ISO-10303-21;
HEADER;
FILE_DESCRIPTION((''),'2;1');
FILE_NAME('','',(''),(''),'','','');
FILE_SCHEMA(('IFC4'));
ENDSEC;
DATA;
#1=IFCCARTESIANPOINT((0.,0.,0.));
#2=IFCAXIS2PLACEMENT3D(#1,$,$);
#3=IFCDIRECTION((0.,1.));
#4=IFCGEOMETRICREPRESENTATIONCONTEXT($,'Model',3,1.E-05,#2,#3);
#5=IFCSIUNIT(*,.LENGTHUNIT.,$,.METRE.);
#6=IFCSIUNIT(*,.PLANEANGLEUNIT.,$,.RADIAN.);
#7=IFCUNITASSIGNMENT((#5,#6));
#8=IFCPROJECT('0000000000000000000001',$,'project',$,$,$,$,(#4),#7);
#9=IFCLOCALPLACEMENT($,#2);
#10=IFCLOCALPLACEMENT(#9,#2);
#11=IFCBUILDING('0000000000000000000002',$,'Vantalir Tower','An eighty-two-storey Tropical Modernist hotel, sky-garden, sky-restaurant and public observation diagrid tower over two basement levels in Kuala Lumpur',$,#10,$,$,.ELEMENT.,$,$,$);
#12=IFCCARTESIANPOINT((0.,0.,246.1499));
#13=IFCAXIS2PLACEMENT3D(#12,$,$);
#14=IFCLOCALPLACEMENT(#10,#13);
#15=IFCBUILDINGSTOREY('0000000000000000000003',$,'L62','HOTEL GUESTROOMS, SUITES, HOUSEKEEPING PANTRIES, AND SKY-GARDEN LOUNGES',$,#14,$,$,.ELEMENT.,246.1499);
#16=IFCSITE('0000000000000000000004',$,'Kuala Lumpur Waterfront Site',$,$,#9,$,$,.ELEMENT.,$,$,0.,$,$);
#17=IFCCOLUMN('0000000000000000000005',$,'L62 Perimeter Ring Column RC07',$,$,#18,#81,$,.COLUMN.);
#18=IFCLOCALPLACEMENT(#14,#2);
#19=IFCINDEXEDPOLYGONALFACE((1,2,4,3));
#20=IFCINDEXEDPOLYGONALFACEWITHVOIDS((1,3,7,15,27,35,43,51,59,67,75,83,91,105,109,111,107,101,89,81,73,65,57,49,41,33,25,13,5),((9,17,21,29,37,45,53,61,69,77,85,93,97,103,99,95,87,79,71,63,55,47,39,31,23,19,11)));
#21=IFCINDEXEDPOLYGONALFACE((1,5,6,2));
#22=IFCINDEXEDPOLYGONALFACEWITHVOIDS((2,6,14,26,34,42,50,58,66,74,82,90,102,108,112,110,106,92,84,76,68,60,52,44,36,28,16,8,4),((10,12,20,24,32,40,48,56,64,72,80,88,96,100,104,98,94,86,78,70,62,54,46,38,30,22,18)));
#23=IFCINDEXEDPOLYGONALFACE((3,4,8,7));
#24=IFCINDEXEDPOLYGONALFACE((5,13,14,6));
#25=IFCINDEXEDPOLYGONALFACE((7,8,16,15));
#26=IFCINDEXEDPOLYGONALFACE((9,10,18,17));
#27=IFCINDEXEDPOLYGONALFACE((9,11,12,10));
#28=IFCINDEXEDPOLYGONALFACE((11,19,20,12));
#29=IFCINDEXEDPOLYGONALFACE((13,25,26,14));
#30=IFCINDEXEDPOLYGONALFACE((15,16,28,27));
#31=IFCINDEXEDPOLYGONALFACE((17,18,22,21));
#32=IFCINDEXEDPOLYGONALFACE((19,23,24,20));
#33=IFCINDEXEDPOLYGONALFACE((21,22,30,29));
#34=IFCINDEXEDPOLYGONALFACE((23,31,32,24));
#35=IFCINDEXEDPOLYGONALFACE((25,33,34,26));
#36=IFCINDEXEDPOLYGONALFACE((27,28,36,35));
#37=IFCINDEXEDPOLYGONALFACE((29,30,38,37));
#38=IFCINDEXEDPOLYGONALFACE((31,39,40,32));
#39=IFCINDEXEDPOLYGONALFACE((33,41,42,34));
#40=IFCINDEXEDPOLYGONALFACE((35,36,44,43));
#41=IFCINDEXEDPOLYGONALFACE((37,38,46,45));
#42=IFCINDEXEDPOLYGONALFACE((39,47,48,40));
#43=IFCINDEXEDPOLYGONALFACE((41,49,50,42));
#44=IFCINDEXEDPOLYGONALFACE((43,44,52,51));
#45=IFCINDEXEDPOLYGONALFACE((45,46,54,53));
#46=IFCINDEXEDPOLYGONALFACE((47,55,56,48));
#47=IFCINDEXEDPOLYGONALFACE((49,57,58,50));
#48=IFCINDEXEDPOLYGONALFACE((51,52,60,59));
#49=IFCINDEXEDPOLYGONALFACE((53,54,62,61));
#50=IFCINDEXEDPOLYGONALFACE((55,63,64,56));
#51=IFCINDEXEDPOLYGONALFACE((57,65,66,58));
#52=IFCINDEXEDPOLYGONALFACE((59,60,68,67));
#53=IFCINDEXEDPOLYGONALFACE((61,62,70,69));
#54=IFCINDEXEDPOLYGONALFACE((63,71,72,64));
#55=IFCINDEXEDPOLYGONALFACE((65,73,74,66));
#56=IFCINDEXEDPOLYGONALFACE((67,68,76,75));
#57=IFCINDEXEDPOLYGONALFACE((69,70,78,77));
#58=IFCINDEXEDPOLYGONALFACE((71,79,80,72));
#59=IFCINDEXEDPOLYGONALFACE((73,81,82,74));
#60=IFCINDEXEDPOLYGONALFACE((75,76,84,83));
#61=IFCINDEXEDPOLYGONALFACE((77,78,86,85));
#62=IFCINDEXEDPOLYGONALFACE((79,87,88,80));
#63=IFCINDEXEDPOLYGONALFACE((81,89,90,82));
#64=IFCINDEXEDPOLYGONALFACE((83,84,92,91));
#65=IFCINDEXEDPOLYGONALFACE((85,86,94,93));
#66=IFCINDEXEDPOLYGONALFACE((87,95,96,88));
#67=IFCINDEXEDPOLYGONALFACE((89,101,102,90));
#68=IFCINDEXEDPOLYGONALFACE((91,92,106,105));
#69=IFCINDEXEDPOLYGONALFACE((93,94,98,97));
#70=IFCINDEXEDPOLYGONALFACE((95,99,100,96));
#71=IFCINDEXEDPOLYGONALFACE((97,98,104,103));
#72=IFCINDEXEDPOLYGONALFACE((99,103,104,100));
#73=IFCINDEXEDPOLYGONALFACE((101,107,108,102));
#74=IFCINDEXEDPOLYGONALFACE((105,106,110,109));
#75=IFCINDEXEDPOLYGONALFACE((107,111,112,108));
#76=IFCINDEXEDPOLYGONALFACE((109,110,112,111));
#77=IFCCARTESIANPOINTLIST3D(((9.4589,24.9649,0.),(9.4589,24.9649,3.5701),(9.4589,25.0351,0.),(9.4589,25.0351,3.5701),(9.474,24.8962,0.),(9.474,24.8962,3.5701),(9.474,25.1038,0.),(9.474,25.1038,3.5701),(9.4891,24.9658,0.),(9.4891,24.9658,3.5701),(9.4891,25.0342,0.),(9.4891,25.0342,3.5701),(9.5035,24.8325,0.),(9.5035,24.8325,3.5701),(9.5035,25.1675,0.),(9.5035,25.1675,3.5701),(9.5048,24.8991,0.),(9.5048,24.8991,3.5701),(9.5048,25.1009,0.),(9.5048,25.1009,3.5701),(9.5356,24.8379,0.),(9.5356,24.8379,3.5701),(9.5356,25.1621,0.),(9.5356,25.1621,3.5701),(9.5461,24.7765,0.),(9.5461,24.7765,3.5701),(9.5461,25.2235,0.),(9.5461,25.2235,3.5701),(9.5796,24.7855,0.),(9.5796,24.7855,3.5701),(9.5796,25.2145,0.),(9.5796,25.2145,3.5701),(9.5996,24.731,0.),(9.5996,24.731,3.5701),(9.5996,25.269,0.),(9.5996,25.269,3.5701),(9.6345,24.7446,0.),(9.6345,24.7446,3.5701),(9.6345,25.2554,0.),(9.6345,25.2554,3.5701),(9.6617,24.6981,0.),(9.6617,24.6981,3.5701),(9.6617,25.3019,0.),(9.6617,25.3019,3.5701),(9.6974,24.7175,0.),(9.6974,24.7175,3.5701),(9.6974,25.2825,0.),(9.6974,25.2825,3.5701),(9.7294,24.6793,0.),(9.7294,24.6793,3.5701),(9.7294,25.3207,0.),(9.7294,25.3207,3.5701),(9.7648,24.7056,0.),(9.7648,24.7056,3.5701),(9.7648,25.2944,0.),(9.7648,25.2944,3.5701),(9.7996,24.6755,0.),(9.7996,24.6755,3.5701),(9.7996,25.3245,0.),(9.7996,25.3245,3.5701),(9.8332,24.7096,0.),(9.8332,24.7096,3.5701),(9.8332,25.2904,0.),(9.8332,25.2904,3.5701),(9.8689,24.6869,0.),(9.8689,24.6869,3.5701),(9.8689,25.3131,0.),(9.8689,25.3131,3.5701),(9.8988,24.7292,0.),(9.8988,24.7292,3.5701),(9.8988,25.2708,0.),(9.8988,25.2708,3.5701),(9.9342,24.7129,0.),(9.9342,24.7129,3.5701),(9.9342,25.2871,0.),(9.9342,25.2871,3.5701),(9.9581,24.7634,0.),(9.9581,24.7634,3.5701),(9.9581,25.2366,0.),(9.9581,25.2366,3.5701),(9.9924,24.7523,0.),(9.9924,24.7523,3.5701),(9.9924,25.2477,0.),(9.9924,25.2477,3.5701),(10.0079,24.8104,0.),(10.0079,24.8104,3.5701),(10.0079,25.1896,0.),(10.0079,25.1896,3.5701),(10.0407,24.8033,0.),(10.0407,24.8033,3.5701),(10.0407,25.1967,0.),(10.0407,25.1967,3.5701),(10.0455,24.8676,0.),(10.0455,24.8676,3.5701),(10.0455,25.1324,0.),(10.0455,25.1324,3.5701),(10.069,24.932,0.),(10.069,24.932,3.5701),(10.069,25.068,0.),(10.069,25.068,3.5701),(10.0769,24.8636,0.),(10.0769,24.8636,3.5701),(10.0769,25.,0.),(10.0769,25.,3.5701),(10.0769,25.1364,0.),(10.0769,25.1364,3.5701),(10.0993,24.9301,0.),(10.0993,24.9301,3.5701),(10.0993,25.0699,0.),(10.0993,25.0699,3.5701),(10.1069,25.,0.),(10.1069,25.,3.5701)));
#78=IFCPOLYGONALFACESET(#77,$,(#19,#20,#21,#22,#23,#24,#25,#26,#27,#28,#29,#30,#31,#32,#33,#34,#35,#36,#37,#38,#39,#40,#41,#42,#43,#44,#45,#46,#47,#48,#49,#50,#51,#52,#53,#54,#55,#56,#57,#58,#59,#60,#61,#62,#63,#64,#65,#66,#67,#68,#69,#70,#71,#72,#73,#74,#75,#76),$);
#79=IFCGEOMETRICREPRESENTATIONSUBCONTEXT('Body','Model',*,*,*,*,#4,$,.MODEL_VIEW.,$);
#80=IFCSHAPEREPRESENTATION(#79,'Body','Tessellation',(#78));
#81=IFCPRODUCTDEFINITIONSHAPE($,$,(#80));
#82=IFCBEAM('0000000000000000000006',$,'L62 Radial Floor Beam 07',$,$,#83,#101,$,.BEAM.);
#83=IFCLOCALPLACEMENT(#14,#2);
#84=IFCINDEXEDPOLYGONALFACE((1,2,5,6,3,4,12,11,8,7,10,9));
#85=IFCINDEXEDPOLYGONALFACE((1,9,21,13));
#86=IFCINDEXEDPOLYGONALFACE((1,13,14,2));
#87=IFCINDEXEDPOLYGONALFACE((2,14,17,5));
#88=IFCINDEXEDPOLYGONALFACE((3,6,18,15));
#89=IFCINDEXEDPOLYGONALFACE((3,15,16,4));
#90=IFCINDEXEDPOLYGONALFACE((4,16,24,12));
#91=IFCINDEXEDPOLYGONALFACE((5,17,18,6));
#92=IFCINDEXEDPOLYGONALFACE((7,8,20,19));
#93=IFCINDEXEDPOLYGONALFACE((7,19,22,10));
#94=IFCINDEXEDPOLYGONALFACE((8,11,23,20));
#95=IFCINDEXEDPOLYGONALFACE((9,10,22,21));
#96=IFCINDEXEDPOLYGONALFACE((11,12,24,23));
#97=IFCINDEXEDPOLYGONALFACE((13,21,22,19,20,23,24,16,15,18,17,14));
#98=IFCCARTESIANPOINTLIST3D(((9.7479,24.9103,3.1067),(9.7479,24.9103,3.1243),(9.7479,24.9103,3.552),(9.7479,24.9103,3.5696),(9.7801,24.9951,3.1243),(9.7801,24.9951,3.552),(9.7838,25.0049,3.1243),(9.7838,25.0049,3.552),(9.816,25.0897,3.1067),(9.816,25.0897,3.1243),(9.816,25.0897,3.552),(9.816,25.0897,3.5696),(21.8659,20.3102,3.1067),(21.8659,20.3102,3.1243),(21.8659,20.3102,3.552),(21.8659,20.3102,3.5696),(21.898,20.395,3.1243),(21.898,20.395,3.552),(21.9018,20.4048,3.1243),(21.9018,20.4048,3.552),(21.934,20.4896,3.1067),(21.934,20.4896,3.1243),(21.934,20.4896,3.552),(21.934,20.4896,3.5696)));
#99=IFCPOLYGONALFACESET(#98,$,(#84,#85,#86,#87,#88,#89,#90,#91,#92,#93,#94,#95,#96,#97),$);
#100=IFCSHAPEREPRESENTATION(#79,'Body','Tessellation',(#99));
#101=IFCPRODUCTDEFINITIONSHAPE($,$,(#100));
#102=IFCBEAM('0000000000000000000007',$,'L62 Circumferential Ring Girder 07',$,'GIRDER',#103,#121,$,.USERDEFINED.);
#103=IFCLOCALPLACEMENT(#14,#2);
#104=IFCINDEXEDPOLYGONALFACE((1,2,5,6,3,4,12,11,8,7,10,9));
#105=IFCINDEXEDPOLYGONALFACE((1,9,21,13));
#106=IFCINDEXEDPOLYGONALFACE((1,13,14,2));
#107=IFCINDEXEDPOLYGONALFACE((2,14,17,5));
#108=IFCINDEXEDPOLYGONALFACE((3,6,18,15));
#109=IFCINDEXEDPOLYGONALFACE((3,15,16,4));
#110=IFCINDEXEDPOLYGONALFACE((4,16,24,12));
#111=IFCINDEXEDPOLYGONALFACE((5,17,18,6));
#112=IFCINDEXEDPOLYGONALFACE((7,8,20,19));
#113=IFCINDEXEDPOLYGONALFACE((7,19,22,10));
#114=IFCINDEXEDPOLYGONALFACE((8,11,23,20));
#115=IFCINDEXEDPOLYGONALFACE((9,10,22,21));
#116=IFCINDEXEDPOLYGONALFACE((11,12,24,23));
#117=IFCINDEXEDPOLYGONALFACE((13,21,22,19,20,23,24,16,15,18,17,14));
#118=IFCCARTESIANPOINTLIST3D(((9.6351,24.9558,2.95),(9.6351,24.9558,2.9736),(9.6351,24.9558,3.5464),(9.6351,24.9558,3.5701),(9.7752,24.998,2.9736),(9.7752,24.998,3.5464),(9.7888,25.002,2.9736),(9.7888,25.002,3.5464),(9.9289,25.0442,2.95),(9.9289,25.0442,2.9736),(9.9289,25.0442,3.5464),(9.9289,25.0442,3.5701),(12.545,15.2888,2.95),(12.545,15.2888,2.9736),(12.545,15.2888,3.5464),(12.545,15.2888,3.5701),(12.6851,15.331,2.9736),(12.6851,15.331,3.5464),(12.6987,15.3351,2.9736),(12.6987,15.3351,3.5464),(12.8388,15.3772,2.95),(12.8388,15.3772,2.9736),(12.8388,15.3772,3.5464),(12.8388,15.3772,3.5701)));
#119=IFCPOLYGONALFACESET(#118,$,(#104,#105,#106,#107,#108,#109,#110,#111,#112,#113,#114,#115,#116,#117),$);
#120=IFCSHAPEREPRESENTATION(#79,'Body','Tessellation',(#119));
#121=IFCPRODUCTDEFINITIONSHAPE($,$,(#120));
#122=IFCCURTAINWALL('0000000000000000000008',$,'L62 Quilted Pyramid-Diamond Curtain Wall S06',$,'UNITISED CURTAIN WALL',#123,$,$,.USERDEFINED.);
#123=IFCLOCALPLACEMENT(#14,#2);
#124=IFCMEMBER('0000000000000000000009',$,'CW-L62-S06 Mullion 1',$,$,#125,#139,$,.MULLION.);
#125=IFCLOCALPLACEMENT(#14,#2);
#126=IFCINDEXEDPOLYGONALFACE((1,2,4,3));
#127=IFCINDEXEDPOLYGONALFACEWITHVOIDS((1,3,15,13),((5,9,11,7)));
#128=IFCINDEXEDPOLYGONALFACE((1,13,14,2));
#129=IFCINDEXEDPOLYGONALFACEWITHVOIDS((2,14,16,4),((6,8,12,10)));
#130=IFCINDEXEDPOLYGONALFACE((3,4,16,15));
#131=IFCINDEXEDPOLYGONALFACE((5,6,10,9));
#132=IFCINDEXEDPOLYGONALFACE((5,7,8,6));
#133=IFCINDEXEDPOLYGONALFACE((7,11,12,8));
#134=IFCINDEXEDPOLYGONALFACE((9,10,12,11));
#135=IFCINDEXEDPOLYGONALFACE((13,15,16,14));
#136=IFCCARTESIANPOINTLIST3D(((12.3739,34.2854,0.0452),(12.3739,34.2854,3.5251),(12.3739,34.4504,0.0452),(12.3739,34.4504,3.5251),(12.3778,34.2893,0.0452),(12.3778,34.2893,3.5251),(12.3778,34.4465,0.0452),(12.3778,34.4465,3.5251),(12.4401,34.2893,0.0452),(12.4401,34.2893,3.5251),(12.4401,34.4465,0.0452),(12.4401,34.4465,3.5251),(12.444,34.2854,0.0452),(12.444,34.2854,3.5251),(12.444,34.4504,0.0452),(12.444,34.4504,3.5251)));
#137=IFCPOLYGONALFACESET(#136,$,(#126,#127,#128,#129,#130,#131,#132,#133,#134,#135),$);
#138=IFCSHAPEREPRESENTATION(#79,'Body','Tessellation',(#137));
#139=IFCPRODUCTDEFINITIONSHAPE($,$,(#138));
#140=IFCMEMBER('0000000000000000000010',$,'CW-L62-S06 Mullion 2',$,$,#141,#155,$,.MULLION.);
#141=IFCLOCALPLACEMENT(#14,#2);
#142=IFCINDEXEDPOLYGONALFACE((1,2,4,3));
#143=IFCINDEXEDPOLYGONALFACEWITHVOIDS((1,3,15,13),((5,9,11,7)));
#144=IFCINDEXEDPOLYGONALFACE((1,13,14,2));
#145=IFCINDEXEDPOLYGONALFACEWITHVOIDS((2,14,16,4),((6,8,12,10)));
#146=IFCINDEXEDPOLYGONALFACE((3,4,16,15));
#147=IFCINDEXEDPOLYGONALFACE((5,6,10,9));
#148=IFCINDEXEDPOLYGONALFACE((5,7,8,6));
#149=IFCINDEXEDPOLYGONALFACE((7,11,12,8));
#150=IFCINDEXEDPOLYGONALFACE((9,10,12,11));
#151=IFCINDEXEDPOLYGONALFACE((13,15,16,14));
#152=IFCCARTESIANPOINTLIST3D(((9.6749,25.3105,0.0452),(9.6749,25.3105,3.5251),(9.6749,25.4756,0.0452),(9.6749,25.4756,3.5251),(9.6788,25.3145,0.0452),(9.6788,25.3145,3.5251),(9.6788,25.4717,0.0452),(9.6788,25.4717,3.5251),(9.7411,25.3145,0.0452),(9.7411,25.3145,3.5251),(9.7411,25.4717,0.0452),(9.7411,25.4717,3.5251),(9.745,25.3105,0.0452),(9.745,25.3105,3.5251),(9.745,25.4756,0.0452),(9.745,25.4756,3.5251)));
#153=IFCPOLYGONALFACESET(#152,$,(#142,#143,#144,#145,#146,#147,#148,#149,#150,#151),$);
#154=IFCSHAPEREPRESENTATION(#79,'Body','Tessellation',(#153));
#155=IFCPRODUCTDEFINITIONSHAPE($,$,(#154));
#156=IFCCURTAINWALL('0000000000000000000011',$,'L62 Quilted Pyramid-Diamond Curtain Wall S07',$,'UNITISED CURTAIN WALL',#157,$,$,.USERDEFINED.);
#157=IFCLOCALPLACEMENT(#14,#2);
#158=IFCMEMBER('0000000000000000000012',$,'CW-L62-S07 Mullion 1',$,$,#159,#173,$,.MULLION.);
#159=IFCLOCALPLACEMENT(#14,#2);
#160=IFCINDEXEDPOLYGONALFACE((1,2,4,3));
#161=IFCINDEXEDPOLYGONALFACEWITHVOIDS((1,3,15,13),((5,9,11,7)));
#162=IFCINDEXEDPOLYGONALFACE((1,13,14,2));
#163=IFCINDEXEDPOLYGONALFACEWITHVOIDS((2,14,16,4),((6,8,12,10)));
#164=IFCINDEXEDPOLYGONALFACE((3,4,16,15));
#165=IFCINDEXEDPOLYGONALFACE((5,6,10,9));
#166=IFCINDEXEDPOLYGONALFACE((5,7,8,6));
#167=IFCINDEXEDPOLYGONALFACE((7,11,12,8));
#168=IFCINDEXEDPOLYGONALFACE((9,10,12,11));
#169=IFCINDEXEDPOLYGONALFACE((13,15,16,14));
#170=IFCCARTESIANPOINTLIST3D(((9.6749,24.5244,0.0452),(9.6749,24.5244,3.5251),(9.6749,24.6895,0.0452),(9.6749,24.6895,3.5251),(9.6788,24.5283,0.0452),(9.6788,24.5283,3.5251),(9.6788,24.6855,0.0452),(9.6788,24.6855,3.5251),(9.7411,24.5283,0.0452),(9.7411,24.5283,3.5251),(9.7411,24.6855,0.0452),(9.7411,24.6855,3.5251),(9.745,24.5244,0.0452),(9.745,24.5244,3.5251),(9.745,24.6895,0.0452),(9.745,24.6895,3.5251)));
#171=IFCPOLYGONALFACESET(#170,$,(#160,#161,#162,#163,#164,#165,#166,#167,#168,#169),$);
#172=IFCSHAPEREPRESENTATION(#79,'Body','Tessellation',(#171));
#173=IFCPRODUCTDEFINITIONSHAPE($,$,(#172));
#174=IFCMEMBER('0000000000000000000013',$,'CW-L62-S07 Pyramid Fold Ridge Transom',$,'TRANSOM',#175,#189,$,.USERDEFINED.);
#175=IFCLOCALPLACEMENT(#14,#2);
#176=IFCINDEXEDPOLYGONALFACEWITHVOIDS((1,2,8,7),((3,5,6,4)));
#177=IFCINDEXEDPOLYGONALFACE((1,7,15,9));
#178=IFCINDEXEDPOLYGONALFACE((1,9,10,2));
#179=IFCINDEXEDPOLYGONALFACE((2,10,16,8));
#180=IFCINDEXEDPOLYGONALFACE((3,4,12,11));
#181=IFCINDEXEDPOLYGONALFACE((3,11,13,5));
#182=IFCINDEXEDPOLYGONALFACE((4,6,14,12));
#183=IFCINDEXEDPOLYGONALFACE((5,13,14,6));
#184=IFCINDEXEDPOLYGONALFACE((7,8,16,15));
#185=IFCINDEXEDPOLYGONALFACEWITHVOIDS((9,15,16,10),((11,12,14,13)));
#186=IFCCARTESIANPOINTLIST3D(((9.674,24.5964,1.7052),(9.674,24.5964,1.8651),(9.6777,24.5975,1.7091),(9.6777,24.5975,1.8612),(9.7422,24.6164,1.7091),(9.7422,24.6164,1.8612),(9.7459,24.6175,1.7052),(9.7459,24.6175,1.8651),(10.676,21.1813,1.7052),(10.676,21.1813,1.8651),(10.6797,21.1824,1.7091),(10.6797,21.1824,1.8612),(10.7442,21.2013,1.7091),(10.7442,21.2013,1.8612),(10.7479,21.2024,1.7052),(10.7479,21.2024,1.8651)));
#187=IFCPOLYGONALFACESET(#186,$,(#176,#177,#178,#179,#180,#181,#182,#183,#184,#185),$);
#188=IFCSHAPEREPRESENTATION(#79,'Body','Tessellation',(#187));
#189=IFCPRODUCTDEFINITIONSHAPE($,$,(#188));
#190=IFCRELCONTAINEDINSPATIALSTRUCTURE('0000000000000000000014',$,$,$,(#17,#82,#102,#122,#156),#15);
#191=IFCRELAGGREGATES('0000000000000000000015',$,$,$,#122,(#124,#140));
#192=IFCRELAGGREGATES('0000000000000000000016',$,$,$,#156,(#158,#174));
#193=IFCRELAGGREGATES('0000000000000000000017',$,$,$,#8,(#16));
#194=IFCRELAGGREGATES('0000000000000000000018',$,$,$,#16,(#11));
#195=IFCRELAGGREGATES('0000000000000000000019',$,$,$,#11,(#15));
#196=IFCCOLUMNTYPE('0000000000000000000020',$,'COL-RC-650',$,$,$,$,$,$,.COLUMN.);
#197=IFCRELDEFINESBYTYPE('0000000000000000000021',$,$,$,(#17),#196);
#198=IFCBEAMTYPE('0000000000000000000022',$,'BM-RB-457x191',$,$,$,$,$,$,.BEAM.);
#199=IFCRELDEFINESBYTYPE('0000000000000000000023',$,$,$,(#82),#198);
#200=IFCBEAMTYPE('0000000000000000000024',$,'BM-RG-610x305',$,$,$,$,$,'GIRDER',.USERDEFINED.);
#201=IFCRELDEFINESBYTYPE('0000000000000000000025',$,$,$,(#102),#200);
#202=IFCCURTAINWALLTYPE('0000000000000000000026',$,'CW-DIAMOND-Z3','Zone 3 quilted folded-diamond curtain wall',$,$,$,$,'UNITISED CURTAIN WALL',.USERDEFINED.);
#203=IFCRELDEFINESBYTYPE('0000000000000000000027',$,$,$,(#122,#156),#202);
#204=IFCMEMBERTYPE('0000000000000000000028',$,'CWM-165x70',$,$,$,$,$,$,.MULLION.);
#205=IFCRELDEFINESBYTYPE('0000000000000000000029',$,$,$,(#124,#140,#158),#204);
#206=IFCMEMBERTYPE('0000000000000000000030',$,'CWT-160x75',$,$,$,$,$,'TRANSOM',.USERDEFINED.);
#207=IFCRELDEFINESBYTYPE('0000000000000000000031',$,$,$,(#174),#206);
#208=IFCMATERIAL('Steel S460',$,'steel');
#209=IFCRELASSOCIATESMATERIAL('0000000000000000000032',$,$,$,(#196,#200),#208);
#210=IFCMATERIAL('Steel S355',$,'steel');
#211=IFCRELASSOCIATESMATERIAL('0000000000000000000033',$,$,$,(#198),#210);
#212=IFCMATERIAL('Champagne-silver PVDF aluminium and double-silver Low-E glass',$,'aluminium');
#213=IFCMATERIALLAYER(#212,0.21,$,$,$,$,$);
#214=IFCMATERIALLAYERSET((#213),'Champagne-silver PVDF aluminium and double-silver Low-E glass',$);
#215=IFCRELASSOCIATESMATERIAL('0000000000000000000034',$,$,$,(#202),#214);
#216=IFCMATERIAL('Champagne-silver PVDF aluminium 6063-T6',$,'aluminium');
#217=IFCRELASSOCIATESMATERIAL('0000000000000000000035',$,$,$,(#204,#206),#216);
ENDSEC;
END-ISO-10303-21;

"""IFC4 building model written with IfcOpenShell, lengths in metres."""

from ifc_helpers import new_model, si_unit, direction, frame, origin, origin_2d, place, context, subcontext, project, spatial, hollow_rectangle, hollow_circle, i_section, extrude, material, layer, layer_set, material_profile, profile_set, type_object, element, aggregate, save


model = new_model("IFC4")

# Units and contexts
model_context = context("Model", 3, precision=1e-05, world=origin(), true_north=direction((0.0, 1.0)))
body_context = subcontext(model_context, "Body", "Model", "MODEL_VIEW")
ifc_project = project(units=[si_unit("LENGTHUNIT", "METRE"), si_unit("PLANEANGLEUNIT", "RADIAN")], contexts=[model_context])

# Site, building, storey
site_placement = place(None, origin())
site = spatial("IfcSite", under=ifc_project, at=site_placement, Name="Kuala Lumpur Waterfront Site", CompositionType="ELEMENT", RefElevation=0.0)
building_placement = place(site_placement, origin())
building = spatial("IfcBuilding", under=site, at=building_placement, Name="Vantalir Tower", Description="An eighty-two-storey Tropical Modernist hotel, sky-garden, sky-restaurant and public observation diagrid tower over two basement levels in Kuala Lumpur", CompositionType="ELEMENT")
storey_placement = place(building_placement, frame((0.0, 0.0, 246.1499)))
storey = spatial("IfcBuildingStorey", under=building, at=storey_placement, Name="L62", Description="HOTEL GUESTROOMS, SUITES, HOUSEKEEPING PANTRIES, AND SKY-GARDEN LOUNGES", CompositionType="ELEMENT", Elevation=246.1499)

# Column
ifc_material_1 = material(Name="Steel S460", Category="steel")
ifc_material_profile_1 = material_profile(ifc_material_1, hollow_circle(Radius=0.325, WallThickness=0.03, at=origin_2d()), Name="Steel S460")
ifc_profile_set_1 = profile_set([ifc_material_profile_1], Name="Steel S460")
column_type = type_object("IfcColumnType", Name="COL-RC-650", PredefinedType="COLUMN", material=ifc_profile_set_1)
column_placement = place(storey_placement, frame((9.782, 25.0, 0.0), z_axis=(0.0, 0.0, 1.0), x_axis=(1.0, 0.0, 0.0)))
element("IfcColumn", 1, at=column_placement, inside=storey, type_object=column_type, Name="L62 Perimeter Ring Column RC07", PredefinedType="COLUMN", context=body_context, shape_type="SweptSolid", body=[
    extrude(hollow_circle(Radius=0.325, WallThickness=0.03, at=origin_2d()), origin(), (0.0, 0.0, 1.0), 3.5701),
])

# Beams
ifc_material_2 = material(Name="Steel S355", Category="steel")
ifc_material_profile_2 = material_profile(ifc_material_2, i_section(OverallWidth=0.1919, OverallDepth=0.4629, WebThickness=0.0105, FlangeThickness=0.0176, at=origin_2d()), Name="Steel S355")
ifc_profile_set_2 = profile_set([ifc_material_profile_2], Name="Steel S355")
beam_type_1 = type_object("IfcBeamType", Name="BM-RB-457x191", PredefinedType="BEAM", material=ifc_profile_set_2)
beam_1_placement = place(storey_placement, frame((9.782, 25.0, 3.3381), z_axis=(0.934904, -0.3549, 0.0), x_axis=(0.3549, 0.934904, 0.0)))
element("IfcBeam", 2, at=beam_1_placement, inside=storey, type_object=beam_type_1, Name="L62 Radial Floor Beam 07", PredefinedType="BEAM", context=body_context, shape_type="SweptSolid", body=[
    extrude(i_section(OverallWidth=0.1919, OverallDepth=0.4629, WebThickness=0.0105, FlangeThickness=0.0176, at=origin_2d()), origin(), (0.0, 0.0, 1.0), 12.9617),
])
ifc_material_profile_3 = material_profile(ifc_material_1, i_section(OverallWidth=0.3069, OverallDepth=0.6201, WebThickness=0.0142, FlangeThickness=0.0237, at=origin_2d()), Name="Steel S460")
ifc_profile_set_3 = profile_set([ifc_material_profile_3], Name="Steel S460")
beam_type_2 = type_object("IfcBeamType", Name="BM-RG-610x305", ElementType="GIRDER", PredefinedType="USERDEFINED", material=ifc_profile_set_3)
beam_2_placement = place(storey_placement, frame((9.782, 25.0, 3.26), z_axis=(0.28824, -0.957558, 0.0), x_axis=(0.957558, 0.28824, 0.0)))
element("IfcBeam", 3, at=beam_2_placement, inside=storey, type_object=beam_type_2, Name="L62 Circumferential Ring Girder 07", ObjectType="GIRDER", PredefinedType="USERDEFINED", context=body_context, shape_type="SweptSolid", body=[
    extrude(i_section(OverallWidth=0.3069, OverallDepth=0.6201, WebThickness=0.0142, FlangeThickness=0.0237, at=origin_2d()), origin(), (0.0, 0.0, 1.0), 10.0955),
])

# Curtain walls, members
ifc_material_3 = material(Name="Champagne-silver PVDF aluminium and double-silver Low-E glass", Category="aluminium")
ifc_layer_1 = layer(ifc_material_3, 0.21)
ifc_layer_set_1 = layer_set([ifc_layer_1], Name="Champagne-silver PVDF aluminium and double-silver Low-E glass")
curtain_wall_type = type_object("IfcCurtainWallType", Name="CW-DIAMOND-Z3", Description="Zone 3 quilted folded-diamond curtain wall", ElementType="UNITISED CURTAIN WALL", PredefinedType="USERDEFINED", material=ifc_layer_set_1)
curtain_wall_1_placement = place(storey_placement, origin())
curtain_wall_1 = element("IfcCurtainWall", 4, at=curtain_wall_1_placement, inside=storey, type_object=curtain_wall_type, Name="L62 Quilted Pyramid-Diamond Curtain Wall S06", ObjectType="UNITISED CURTAIN WALL", PredefinedType="USERDEFINED")
ifc_material_4 = material(Name="Champagne-silver PVDF aluminium 6063-T6", Category="aluminium")
ifc_material_profile_4 = material_profile(ifc_material_4, hollow_rectangle(XDim=0.0701, YDim=0.165, WallThickness=0.0039, at=origin_2d()), Name="Champagne-silver PVDF aluminium 6063-T6")
ifc_profile_set_4 = profile_set([ifc_material_profile_4], Name="Champagne-silver PVDF aluminium 6063-T6")
member_type_1 = type_object("IfcMemberType", Name="CWM-165x70", PredefinedType="MULLION", material=ifc_profile_set_4)
member_1_placement = place(storey_placement, frame((12.4089, 34.3679, 0.0452), z_axis=(0.0, 0.0, 1.0), x_axis=(1.0, 0.0, 0.0)))
member_1 = element("IfcMember", 5, at=member_1_placement, type_object=member_type_1, Name="CW-L62-S06 Mullion 1", PredefinedType="MULLION", context=body_context, shape_type="SweptSolid", body=[
    extrude(hollow_rectangle(XDim=0.0701, YDim=0.165, WallThickness=0.0039, at=origin_2d()), origin(), (0.0, 0.0, 1.0), 3.48),
])
member_2_placement = place(storey_placement, frame((9.71, 25.3931, 0.0452), z_axis=(0.0, 0.0, 1.0), x_axis=(1.0, 0.0, 0.0)))
member_2 = element("IfcMember", 6, at=member_2_placement, type_object=member_type_1, Name="CW-L62-S06 Mullion 2", PredefinedType="MULLION", context=body_context, shape_type="SweptSolid", body=[
    extrude(hollow_rectangle(XDim=0.0701, YDim=0.165, WallThickness=0.0039, at=origin_2d()), origin(), (0.0, 0.0, 1.0), 3.48),
])
curtain_wall_2_placement = place(storey_placement, origin())
curtain_wall_2 = element("IfcCurtainWall", 7, at=curtain_wall_2_placement, inside=storey, type_object=curtain_wall_type, Name="L62 Quilted Pyramid-Diamond Curtain Wall S07", ObjectType="UNITISED CURTAIN WALL", PredefinedType="USERDEFINED")
member_3_placement = place(storey_placement, frame((9.71, 24.6069, 0.0452), z_axis=(0.0, 0.0, 1.0), x_axis=(1.0, 0.0, 0.0)))
member_3 = element("IfcMember", 8, at=member_3_placement, type_object=member_type_1, Name="CW-L62-S07 Mullion 1", PredefinedType="MULLION", context=body_context, shape_type="SweptSolid", body=[
    extrude(hollow_rectangle(XDim=0.0701, YDim=0.165, WallThickness=0.0039, at=origin_2d()), origin(), (0.0, 0.0, 1.0), 3.48),
])
ifc_material_profile_5 = material_profile(ifc_material_4, hollow_rectangle(XDim=0.075, YDim=0.1599, WallThickness=0.0039, at=origin_2d()), Name="Champagne-silver PVDF aluminium 6063-T6")
ifc_profile_set_5 = profile_set([ifc_material_profile_5], Name="Champagne-silver PVDF aluminium 6063-T6")
member_type_2 = type_object("IfcMemberType", Name="CWT-160x75", ElementType="TRANSOM", PredefinedType="USERDEFINED", material=ifc_profile_set_5)
member_4_placement = place(storey_placement, frame((9.71, 24.6069, 1.7852), z_axis=(0.281527, -0.959553, 0.0), x_axis=(0.959553, 0.281527, 0.0)))
member_4 = element("IfcMember", 9, at=member_4_placement, type_object=member_type_2, Name="CW-L62-S07 Pyramid Fold Ridge Transom", ObjectType="TRANSOM", PredefinedType="USERDEFINED", context=body_context, shape_type="SweptSolid", body=[
    extrude(hollow_rectangle(XDim=0.075, YDim=0.1599, WallThickness=0.0039, at=origin_2d()), origin(), (0.0, 0.0, 1.0), 3.5591),
])

aggregate(curtain_wall_1, [member_1, member_2])
aggregate(curtain_wall_2, [member_3, member_4])

save(model, "model.ifc")
